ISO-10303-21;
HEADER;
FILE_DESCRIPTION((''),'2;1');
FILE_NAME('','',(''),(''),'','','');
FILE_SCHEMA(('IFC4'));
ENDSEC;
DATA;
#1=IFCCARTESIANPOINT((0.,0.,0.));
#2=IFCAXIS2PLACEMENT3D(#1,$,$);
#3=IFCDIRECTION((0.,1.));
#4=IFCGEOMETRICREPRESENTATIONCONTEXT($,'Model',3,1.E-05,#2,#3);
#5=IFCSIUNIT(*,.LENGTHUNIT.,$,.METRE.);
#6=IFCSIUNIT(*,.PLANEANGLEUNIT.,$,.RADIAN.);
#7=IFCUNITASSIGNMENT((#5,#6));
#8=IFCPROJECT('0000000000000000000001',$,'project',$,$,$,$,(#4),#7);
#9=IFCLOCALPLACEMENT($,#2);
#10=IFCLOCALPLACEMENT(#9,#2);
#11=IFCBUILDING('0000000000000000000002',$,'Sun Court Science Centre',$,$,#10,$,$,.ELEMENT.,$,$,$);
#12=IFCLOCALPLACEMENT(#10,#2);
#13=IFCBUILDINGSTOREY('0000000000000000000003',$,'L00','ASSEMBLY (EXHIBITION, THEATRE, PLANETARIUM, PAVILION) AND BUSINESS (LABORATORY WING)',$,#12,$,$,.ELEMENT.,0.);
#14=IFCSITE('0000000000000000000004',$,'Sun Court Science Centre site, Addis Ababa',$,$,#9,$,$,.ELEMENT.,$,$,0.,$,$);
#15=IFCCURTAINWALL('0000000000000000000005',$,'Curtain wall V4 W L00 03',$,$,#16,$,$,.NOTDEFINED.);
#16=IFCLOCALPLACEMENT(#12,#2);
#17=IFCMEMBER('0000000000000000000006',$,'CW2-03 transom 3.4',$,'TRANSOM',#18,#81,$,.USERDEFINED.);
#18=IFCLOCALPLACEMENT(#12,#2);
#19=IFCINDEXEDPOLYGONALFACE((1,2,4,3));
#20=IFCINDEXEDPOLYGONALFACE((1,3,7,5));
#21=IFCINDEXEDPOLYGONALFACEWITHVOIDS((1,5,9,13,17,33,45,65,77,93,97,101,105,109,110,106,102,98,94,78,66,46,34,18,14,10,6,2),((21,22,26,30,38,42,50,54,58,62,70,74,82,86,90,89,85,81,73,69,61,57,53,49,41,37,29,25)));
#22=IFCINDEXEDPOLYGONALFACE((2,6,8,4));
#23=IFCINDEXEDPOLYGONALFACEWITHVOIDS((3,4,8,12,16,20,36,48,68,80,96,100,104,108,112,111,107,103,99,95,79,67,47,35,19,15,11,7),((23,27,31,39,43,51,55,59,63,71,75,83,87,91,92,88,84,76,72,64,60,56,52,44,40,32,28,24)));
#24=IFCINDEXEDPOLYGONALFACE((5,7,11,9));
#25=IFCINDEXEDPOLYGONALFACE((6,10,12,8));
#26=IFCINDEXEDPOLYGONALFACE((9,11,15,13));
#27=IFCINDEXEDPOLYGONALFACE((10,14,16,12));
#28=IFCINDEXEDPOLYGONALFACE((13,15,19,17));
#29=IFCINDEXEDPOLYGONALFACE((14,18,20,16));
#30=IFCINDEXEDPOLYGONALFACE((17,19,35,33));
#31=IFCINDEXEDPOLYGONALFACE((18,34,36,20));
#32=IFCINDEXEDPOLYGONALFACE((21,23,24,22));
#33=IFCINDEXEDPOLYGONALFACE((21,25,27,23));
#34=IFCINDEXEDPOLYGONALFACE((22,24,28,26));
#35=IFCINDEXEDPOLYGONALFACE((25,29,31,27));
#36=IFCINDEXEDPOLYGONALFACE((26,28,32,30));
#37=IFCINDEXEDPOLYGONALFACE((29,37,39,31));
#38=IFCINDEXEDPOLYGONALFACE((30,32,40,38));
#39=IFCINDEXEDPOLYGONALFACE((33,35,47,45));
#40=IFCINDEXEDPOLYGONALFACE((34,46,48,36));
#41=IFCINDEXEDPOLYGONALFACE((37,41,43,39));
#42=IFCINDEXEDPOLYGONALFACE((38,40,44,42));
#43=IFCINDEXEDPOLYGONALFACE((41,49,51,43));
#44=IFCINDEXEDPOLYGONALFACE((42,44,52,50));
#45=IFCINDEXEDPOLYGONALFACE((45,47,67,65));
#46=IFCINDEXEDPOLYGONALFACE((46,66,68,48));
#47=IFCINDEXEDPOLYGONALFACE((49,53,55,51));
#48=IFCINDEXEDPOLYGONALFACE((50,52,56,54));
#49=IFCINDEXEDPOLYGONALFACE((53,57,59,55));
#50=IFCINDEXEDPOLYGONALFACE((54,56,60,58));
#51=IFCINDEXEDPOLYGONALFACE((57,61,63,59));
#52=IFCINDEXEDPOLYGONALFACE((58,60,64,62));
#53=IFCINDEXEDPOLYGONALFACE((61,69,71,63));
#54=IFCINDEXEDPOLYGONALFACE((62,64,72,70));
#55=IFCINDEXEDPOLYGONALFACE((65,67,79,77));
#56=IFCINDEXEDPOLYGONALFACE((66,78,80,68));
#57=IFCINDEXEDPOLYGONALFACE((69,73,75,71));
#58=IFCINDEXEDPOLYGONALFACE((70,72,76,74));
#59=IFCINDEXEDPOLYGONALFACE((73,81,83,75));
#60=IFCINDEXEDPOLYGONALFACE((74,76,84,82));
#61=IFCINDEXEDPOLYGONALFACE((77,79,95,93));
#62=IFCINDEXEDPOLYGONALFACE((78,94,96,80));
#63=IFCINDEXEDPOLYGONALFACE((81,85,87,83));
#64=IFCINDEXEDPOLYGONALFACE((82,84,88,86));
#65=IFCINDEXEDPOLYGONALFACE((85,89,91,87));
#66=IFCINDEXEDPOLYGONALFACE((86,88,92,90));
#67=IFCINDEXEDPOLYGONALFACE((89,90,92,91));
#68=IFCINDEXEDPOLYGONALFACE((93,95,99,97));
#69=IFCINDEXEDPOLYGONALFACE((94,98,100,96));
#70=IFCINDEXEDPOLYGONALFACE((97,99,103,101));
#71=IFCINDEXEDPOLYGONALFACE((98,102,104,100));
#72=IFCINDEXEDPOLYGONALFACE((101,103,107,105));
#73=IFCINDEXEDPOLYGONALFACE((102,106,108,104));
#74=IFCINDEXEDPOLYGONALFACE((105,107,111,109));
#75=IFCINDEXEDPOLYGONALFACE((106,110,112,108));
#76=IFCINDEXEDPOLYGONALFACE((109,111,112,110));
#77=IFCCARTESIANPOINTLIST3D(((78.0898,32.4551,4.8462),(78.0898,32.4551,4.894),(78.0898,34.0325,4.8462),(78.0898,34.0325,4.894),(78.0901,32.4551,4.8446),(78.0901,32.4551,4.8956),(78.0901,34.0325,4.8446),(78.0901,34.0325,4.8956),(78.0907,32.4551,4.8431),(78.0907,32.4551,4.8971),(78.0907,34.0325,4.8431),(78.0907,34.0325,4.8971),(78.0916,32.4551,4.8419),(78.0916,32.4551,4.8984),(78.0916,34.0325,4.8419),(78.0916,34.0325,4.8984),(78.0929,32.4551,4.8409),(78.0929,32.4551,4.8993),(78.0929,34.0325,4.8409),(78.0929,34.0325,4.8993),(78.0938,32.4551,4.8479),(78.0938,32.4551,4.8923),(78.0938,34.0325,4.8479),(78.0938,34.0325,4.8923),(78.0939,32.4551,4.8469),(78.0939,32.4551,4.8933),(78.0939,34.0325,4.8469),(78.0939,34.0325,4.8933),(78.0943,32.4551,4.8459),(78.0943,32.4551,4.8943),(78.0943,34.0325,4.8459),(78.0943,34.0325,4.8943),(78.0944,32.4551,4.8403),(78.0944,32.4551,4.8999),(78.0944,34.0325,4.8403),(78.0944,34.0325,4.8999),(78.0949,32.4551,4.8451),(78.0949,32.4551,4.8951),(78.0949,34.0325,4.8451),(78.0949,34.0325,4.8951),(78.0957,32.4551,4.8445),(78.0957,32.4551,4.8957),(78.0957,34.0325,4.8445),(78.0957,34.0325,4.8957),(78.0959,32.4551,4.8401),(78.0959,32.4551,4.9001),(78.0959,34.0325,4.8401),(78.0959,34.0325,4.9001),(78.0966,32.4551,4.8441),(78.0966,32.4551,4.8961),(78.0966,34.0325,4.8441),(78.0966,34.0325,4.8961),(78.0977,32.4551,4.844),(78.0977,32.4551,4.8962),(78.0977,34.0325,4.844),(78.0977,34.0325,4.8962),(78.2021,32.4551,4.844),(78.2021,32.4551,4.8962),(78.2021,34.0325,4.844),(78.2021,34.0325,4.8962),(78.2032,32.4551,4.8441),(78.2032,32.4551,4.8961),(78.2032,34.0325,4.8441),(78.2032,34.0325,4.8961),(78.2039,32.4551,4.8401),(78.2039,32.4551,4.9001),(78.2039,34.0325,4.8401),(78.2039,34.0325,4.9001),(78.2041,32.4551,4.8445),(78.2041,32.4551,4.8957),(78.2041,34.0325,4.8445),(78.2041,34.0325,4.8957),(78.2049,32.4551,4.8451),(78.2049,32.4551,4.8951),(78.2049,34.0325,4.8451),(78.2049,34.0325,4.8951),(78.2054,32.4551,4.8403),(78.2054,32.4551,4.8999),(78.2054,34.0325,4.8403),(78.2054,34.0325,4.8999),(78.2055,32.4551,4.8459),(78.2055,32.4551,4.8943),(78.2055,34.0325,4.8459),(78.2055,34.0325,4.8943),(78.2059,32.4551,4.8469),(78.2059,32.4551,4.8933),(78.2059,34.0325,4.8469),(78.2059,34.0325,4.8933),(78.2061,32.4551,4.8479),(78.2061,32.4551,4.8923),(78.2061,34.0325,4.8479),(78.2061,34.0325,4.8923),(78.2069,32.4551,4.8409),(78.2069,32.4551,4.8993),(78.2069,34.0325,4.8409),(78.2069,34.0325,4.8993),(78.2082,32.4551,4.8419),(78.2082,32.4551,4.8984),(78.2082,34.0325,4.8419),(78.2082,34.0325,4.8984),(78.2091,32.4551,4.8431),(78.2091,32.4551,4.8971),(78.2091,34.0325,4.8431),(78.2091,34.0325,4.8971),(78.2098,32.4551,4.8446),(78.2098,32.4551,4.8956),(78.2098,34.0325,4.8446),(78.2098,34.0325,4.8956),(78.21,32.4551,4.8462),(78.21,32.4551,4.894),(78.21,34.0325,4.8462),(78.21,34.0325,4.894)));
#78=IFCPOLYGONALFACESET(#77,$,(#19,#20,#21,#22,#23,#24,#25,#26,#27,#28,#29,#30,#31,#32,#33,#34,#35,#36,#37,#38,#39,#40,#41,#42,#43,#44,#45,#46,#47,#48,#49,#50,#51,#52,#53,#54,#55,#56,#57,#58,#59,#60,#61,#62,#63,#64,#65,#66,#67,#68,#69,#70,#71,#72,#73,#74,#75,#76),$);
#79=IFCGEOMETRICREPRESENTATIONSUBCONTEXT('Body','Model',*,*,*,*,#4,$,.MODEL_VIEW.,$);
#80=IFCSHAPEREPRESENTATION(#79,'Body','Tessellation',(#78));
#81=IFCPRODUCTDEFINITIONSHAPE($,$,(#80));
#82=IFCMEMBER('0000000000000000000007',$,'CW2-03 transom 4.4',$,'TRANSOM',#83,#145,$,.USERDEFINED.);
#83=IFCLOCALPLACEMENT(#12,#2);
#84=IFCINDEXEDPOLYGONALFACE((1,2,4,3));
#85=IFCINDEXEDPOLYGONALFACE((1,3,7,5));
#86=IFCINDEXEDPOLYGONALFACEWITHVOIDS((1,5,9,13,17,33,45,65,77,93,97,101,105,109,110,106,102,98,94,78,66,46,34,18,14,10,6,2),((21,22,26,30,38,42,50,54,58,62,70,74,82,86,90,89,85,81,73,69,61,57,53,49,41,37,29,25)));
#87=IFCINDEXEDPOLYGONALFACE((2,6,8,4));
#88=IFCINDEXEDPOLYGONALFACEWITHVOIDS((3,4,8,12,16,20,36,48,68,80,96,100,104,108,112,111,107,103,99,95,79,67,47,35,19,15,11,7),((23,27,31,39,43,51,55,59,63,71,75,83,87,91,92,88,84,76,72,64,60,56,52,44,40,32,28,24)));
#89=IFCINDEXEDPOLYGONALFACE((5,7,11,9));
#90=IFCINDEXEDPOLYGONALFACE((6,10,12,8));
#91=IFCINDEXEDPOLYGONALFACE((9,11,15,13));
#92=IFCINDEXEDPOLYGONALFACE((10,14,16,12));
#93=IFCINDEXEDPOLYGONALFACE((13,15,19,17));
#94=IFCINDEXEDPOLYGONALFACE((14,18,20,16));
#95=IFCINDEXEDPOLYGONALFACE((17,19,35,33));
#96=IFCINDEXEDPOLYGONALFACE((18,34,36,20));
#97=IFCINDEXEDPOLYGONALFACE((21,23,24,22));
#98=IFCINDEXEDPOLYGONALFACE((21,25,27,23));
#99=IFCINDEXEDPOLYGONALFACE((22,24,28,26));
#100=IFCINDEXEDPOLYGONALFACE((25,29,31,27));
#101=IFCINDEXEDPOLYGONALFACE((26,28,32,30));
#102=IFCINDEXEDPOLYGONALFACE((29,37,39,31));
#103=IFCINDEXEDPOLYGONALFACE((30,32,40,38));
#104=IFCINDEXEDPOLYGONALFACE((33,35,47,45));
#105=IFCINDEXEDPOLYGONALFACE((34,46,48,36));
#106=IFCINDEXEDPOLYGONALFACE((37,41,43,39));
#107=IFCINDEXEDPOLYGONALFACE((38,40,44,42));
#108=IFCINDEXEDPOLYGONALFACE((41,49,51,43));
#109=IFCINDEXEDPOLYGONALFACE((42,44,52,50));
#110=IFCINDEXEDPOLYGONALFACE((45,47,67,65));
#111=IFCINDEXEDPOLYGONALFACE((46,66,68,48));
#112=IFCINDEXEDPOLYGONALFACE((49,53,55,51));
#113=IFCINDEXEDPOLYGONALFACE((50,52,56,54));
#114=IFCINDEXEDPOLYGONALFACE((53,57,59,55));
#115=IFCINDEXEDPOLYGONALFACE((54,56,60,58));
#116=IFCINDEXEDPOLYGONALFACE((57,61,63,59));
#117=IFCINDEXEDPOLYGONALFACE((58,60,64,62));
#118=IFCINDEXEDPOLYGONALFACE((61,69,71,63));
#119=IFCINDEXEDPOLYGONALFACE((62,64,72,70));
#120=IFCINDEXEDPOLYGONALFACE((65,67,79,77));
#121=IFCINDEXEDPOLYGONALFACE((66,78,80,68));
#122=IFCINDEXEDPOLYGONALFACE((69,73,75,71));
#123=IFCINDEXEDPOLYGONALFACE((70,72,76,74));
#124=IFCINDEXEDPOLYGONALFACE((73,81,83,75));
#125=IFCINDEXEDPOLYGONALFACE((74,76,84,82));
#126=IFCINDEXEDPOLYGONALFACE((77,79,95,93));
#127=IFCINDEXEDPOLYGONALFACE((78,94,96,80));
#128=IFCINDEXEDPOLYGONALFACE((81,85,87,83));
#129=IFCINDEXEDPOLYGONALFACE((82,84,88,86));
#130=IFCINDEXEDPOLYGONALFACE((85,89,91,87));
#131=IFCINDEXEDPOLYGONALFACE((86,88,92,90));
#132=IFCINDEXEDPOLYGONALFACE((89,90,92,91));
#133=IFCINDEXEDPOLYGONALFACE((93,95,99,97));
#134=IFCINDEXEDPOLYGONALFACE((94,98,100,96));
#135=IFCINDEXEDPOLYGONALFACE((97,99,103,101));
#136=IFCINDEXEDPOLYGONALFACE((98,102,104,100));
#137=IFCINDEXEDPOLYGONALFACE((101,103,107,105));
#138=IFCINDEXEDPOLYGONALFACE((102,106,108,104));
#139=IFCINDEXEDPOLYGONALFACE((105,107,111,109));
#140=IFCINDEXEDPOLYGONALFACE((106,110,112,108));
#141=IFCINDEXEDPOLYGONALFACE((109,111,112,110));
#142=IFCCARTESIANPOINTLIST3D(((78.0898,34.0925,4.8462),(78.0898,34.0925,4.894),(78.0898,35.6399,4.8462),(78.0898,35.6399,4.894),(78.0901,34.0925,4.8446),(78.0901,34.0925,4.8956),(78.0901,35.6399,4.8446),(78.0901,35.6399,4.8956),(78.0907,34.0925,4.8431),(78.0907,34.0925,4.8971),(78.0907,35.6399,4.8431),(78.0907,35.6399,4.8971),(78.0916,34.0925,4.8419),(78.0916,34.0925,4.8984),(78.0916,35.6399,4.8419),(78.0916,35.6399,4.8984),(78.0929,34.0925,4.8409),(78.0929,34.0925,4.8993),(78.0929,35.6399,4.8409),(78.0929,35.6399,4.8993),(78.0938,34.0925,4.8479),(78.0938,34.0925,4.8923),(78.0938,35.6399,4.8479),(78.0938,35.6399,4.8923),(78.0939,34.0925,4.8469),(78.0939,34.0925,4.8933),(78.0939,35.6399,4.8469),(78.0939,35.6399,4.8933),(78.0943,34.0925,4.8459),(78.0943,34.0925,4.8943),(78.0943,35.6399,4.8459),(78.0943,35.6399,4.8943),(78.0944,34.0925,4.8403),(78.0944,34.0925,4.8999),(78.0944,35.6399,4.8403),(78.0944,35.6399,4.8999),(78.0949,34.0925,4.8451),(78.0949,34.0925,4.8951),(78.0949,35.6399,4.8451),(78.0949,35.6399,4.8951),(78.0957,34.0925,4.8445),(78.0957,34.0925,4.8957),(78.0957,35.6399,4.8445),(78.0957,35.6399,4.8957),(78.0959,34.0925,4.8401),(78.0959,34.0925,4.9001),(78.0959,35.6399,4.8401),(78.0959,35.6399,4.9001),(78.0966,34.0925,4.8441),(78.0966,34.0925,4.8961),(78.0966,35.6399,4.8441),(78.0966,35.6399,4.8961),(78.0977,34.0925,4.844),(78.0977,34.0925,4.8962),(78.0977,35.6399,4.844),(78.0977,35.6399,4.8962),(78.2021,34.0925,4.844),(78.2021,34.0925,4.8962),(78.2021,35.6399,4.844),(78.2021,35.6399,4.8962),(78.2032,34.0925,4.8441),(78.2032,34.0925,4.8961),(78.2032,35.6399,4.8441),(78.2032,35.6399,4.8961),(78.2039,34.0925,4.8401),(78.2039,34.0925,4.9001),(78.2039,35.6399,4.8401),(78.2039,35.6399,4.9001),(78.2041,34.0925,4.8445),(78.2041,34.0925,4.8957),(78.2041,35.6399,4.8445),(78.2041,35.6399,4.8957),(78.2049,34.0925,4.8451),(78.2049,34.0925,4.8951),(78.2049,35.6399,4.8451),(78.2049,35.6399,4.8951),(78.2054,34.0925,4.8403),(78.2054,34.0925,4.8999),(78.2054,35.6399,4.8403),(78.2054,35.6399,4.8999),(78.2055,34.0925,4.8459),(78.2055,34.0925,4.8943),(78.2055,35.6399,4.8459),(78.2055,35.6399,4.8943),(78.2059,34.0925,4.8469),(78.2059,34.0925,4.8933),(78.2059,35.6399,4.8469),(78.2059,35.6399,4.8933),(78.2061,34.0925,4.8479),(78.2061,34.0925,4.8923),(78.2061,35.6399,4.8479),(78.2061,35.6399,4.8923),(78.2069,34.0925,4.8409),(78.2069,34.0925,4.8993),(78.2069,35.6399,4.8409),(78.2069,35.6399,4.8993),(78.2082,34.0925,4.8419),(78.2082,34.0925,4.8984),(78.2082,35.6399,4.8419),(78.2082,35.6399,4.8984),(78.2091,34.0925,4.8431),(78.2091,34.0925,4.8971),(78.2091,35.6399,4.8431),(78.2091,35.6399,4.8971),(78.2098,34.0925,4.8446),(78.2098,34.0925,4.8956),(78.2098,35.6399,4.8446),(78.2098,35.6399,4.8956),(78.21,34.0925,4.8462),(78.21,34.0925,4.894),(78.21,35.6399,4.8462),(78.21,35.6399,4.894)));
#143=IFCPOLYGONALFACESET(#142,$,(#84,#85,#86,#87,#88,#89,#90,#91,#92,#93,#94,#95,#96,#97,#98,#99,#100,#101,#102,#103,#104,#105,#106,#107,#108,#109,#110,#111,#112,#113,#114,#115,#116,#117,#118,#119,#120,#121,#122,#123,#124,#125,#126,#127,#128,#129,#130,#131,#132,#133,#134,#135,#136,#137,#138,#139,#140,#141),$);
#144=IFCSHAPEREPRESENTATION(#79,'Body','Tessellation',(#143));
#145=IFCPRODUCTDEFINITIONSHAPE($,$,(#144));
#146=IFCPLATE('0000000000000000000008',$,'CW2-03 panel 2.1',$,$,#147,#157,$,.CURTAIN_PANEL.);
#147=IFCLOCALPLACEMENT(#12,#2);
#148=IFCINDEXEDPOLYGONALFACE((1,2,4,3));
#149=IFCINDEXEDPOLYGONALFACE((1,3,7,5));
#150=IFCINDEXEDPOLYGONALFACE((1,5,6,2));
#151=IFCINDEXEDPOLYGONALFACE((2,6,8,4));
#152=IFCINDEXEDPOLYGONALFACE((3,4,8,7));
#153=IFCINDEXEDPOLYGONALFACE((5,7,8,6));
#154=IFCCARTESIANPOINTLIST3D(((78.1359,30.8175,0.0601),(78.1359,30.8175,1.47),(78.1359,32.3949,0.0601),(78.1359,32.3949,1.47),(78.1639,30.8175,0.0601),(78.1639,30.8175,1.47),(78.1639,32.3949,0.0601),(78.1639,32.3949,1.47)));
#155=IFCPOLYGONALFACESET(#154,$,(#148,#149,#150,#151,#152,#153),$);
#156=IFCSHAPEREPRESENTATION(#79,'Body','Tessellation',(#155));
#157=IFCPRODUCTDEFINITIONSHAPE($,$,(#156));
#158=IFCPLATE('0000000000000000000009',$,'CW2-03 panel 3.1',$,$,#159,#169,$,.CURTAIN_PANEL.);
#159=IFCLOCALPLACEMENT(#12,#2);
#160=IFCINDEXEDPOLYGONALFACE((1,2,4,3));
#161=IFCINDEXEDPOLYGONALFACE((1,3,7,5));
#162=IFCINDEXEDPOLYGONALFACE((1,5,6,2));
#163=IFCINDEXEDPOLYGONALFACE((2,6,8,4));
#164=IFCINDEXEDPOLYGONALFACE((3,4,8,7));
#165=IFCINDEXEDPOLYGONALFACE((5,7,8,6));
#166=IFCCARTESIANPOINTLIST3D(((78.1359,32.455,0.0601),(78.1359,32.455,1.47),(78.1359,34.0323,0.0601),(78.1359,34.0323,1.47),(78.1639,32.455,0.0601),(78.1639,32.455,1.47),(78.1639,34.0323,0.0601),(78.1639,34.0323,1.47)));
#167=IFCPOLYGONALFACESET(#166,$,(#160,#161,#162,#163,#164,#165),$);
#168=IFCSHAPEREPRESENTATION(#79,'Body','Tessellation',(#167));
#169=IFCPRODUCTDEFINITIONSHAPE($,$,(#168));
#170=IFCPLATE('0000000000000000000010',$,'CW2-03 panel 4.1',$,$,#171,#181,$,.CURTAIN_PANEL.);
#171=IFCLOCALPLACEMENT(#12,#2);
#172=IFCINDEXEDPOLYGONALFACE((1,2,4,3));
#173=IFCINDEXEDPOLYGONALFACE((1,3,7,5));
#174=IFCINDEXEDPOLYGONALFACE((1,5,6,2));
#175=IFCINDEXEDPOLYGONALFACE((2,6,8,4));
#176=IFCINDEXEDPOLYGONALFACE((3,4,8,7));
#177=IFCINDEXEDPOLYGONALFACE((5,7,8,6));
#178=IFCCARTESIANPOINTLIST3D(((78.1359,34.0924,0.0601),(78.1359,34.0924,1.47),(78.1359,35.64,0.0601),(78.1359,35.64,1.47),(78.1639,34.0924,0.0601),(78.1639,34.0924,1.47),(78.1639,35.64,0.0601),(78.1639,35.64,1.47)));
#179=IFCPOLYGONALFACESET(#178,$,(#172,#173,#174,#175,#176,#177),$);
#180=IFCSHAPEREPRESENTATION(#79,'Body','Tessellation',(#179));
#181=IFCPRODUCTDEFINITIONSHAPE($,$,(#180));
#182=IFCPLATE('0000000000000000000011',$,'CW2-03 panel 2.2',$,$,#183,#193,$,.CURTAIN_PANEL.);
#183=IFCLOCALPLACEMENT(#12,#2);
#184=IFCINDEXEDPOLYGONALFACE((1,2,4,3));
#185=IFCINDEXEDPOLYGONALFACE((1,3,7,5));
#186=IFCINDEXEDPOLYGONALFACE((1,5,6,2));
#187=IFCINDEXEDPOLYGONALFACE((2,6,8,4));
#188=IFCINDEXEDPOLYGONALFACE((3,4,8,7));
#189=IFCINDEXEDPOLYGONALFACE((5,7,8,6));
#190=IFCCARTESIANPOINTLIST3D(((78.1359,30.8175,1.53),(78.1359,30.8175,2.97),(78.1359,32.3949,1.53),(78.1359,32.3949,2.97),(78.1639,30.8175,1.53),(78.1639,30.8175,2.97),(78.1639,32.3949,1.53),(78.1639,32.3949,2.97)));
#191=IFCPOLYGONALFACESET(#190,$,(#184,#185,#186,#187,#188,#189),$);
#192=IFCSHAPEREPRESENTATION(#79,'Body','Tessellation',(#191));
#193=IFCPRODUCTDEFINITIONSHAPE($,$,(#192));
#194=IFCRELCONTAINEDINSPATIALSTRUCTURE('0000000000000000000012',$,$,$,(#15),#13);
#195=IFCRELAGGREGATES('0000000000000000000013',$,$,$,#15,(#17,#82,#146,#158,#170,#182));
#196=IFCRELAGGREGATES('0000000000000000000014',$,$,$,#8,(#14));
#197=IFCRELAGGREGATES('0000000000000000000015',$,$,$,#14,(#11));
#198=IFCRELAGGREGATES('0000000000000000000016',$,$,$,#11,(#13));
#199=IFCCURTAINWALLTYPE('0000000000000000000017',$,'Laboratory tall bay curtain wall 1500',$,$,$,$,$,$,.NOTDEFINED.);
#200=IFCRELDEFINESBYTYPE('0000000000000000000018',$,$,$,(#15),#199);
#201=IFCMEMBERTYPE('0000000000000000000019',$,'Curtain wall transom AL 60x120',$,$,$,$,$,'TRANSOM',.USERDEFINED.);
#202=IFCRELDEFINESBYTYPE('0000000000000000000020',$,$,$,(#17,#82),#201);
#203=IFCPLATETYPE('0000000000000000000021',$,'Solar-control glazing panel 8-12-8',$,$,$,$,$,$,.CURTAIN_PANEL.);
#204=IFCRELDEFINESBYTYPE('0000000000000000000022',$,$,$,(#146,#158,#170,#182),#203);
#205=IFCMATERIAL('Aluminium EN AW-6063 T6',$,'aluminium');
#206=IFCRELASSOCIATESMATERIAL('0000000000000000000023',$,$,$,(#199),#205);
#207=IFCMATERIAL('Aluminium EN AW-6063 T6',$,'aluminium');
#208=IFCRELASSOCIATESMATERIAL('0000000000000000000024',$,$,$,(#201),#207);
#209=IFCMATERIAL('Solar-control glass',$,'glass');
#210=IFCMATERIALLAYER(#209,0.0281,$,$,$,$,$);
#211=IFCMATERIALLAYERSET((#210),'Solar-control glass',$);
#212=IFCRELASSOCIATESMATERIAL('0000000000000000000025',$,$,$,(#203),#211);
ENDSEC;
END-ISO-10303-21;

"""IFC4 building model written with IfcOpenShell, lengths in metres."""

from ifc_helpers import new_model, si_unit, direction, frame, origin, origin_2d, place, context, subcontext, project, spatial, rectangle, hollow_rectangle, extrude, material, layer, layer_set, material_profile, profile_set, type_object, element, aggregate, save


model = new_model("IFC4")

# Units and contexts
model_context = context("Model", 3, precision=1e-05, world=origin(), true_north=direction((0.0, 1.0)))
body_context = subcontext(model_context, "Body", "Model", "MODEL_VIEW")
ifc_project = project(units=[si_unit("LENGTHUNIT", "METRE"), si_unit("PLANEANGLEUNIT", "RADIAN")], contexts=[model_context])

# Site, building, storey
site_placement = place(None, origin())
site = spatial("IfcSite", under=ifc_project, at=site_placement, Name="Sun Court Science Centre site, Addis Ababa", CompositionType="ELEMENT", RefElevation=0.0)
building_placement = place(site_placement, origin())
building = spatial("IfcBuilding", under=site, at=building_placement, Name="Sun Court Science Centre", CompositionType="ELEMENT")
storey_placement = place(building_placement, origin())
storey = spatial("IfcBuildingStorey", under=building, at=storey_placement, Name="L00", Description="ASSEMBLY (EXHIBITION, THEATRE, PLANETARIUM, PAVILION) AND BUSINESS (LABORATORY WING)", CompositionType="ELEMENT", Elevation=0.0)

# Curtain wall, members, plates
ifc_material_1 = material(Name="Aluminium EN AW-6063 T6", Category="aluminium")
curtain_wall_type = type_object("IfcCurtainWallType", Name="Laboratory tall bay curtain wall 1500", PredefinedType="NOTDEFINED", material=ifc_material_1)
curtain_wall_placement = place(storey_placement, origin())
curtain_wall = element("IfcCurtainWall", 1, at=curtain_wall_placement, inside=storey, type_object=curtain_wall_type, Name="Curtain wall V4 W L00 03", PredefinedType="NOTDEFINED")
ifc_material_2 = material(Name="Aluminium EN AW-6063 T6", Category="aluminium")
ifc_material_profile_1 = material_profile(ifc_material_2, hollow_rectangle(XDim=0.0601, YDim=0.1201, WallThickness=0.0039, InnerFilletRadius=0.0039, OuterFilletRadius=0.0061, at=origin_2d()), Name="AL 60x120x4")
ifc_profile_set_1 = profile_set([ifc_material_profile_1], Name="Aluminium EN AW-6063 T6")
member_type_1 = type_object("IfcMemberType", Name="Curtain wall transom AL 60x120", ElementType="TRANSOM", PredefinedType="USERDEFINED", material=ifc_profile_set_1)
member_1_placement = place(storey_placement, frame((78.1499, 32.4551, 4.8701), z_axis=(0.0, 1.0, 0.0), x_axis=(0.0, 0.0, 1.0)))
member_1 = element("IfcMember", 2, at=member_1_placement, type_object=member_type_1, Name="CW2-03 transom 3.4", ObjectType="TRANSOM", PredefinedType="USERDEFINED", context=body_context, shape_type="SweptSolid", body=[
    extrude(hollow_rectangle(XDim=0.0601, YDim=0.1201, WallThickness=0.0039, InnerFilletRadius=0.0039, OuterFilletRadius=0.0061, at=origin_2d()), origin(), (0.0, 0.0, 1.0), 1.5774),
])
member_2_placement = place(storey_placement, frame((78.1499, 34.0925, 4.8701), z_axis=(0.0, 1.0, 0.0), x_axis=(0.0, 0.0, 1.0)))
member_2 = element("IfcMember", 3, at=member_2_placement, type_object=member_type_1, Name="CW2-03 transom 4.4", ObjectType="TRANSOM", PredefinedType="USERDEFINED", context=body_context, shape_type="SweptSolid", body=[
    extrude(hollow_rectangle(XDim=0.0601, YDim=0.1201, WallThickness=0.0039, InnerFilletRadius=0.0039, OuterFilletRadius=0.0061, at=origin_2d()), origin(), (0.0, 0.0, 1.0), 1.5474),
])
ifc_material_3 = material(Name="Solar-control glass", Category="glass")
ifc_layer_1 = layer(ifc_material_3, 0.0281)
ifc_layer_set_1 = layer_set([ifc_layer_1], Name="Solar-control glass")
plate_type = type_object("IfcPlateType", Name="Solar-control glazing panel 8-12-8", PredefinedType="CURTAIN_PANEL", material=ifc_layer_set_1)
plate_1_placement = place(storey_placement, frame((78.1499, 31.6062, 0.0601), z_axis=(0.0, 0.0, 1.0), x_axis=(0.0, 1.0, 0.0)))
plate_1 = element("IfcPlate", 4, at=plate_1_placement, type_object=plate_type, Name="CW2-03 panel 2.1", PredefinedType="CURTAIN_PANEL", context=body_context, shape_type="SweptSolid", body=[
    extrude(rectangle(XDim=1.5774, YDim=0.0281, at=origin_2d()), origin(), (0.0, 0.0, 1.0), 1.4099),
])
plate_2_placement = place(storey_placement, frame((78.1499, 33.2437, 0.0601), z_axis=(0.0, 0.0, 1.0), x_axis=(0.0, 1.0, 0.0)))
plate_2 = element("IfcPlate", 5, at=plate_2_placement, type_object=plate_type, Name="CW2-03 panel 3.1", PredefinedType="CURTAIN_PANEL", context=body_context, shape_type="SweptSolid", body=[
    extrude(rectangle(XDim=1.5774, YDim=0.0281, at=origin_2d()), origin(), (0.0, 0.0, 1.0), 1.4099),
])
plate_3_placement = place(storey_placement, frame((78.1499, 34.8662, 0.0601), z_axis=(0.0, 0.0, 1.0), x_axis=(0.0, 1.0, 0.0)))
plate_3 = element("IfcPlate", 6, at=plate_3_placement, type_object=plate_type, Name="CW2-03 panel 4.1", PredefinedType="CURTAIN_PANEL", context=body_context, shape_type="SweptSolid", body=[
    extrude(rectangle(XDim=1.5476, YDim=0.0281, at=origin_2d()), origin(), (0.0, 0.0, 1.0), 1.4099),
])
plate_4_placement = place(storey_placement, frame((78.1499, 31.6062, 1.53), z_axis=(0.0, 0.0, 1.0), x_axis=(0.0, 1.0, 0.0)))
plate_4 = element("IfcPlate", 7, at=plate_4_placement, type_object=plate_type, Name="CW2-03 panel 2.2", PredefinedType="CURTAIN_PANEL", context=body_context, shape_type="SweptSolid", body=[
    extrude(rectangle(XDim=1.5774, YDim=0.0281, at=origin_2d()), origin(), (0.0, 0.0, 1.0), 1.4399),
])
aggregate(curtain_wall, [member_1, member_2, plate_1, plate_2, plate_3, plate_4])

save(model, "model.ifc")
